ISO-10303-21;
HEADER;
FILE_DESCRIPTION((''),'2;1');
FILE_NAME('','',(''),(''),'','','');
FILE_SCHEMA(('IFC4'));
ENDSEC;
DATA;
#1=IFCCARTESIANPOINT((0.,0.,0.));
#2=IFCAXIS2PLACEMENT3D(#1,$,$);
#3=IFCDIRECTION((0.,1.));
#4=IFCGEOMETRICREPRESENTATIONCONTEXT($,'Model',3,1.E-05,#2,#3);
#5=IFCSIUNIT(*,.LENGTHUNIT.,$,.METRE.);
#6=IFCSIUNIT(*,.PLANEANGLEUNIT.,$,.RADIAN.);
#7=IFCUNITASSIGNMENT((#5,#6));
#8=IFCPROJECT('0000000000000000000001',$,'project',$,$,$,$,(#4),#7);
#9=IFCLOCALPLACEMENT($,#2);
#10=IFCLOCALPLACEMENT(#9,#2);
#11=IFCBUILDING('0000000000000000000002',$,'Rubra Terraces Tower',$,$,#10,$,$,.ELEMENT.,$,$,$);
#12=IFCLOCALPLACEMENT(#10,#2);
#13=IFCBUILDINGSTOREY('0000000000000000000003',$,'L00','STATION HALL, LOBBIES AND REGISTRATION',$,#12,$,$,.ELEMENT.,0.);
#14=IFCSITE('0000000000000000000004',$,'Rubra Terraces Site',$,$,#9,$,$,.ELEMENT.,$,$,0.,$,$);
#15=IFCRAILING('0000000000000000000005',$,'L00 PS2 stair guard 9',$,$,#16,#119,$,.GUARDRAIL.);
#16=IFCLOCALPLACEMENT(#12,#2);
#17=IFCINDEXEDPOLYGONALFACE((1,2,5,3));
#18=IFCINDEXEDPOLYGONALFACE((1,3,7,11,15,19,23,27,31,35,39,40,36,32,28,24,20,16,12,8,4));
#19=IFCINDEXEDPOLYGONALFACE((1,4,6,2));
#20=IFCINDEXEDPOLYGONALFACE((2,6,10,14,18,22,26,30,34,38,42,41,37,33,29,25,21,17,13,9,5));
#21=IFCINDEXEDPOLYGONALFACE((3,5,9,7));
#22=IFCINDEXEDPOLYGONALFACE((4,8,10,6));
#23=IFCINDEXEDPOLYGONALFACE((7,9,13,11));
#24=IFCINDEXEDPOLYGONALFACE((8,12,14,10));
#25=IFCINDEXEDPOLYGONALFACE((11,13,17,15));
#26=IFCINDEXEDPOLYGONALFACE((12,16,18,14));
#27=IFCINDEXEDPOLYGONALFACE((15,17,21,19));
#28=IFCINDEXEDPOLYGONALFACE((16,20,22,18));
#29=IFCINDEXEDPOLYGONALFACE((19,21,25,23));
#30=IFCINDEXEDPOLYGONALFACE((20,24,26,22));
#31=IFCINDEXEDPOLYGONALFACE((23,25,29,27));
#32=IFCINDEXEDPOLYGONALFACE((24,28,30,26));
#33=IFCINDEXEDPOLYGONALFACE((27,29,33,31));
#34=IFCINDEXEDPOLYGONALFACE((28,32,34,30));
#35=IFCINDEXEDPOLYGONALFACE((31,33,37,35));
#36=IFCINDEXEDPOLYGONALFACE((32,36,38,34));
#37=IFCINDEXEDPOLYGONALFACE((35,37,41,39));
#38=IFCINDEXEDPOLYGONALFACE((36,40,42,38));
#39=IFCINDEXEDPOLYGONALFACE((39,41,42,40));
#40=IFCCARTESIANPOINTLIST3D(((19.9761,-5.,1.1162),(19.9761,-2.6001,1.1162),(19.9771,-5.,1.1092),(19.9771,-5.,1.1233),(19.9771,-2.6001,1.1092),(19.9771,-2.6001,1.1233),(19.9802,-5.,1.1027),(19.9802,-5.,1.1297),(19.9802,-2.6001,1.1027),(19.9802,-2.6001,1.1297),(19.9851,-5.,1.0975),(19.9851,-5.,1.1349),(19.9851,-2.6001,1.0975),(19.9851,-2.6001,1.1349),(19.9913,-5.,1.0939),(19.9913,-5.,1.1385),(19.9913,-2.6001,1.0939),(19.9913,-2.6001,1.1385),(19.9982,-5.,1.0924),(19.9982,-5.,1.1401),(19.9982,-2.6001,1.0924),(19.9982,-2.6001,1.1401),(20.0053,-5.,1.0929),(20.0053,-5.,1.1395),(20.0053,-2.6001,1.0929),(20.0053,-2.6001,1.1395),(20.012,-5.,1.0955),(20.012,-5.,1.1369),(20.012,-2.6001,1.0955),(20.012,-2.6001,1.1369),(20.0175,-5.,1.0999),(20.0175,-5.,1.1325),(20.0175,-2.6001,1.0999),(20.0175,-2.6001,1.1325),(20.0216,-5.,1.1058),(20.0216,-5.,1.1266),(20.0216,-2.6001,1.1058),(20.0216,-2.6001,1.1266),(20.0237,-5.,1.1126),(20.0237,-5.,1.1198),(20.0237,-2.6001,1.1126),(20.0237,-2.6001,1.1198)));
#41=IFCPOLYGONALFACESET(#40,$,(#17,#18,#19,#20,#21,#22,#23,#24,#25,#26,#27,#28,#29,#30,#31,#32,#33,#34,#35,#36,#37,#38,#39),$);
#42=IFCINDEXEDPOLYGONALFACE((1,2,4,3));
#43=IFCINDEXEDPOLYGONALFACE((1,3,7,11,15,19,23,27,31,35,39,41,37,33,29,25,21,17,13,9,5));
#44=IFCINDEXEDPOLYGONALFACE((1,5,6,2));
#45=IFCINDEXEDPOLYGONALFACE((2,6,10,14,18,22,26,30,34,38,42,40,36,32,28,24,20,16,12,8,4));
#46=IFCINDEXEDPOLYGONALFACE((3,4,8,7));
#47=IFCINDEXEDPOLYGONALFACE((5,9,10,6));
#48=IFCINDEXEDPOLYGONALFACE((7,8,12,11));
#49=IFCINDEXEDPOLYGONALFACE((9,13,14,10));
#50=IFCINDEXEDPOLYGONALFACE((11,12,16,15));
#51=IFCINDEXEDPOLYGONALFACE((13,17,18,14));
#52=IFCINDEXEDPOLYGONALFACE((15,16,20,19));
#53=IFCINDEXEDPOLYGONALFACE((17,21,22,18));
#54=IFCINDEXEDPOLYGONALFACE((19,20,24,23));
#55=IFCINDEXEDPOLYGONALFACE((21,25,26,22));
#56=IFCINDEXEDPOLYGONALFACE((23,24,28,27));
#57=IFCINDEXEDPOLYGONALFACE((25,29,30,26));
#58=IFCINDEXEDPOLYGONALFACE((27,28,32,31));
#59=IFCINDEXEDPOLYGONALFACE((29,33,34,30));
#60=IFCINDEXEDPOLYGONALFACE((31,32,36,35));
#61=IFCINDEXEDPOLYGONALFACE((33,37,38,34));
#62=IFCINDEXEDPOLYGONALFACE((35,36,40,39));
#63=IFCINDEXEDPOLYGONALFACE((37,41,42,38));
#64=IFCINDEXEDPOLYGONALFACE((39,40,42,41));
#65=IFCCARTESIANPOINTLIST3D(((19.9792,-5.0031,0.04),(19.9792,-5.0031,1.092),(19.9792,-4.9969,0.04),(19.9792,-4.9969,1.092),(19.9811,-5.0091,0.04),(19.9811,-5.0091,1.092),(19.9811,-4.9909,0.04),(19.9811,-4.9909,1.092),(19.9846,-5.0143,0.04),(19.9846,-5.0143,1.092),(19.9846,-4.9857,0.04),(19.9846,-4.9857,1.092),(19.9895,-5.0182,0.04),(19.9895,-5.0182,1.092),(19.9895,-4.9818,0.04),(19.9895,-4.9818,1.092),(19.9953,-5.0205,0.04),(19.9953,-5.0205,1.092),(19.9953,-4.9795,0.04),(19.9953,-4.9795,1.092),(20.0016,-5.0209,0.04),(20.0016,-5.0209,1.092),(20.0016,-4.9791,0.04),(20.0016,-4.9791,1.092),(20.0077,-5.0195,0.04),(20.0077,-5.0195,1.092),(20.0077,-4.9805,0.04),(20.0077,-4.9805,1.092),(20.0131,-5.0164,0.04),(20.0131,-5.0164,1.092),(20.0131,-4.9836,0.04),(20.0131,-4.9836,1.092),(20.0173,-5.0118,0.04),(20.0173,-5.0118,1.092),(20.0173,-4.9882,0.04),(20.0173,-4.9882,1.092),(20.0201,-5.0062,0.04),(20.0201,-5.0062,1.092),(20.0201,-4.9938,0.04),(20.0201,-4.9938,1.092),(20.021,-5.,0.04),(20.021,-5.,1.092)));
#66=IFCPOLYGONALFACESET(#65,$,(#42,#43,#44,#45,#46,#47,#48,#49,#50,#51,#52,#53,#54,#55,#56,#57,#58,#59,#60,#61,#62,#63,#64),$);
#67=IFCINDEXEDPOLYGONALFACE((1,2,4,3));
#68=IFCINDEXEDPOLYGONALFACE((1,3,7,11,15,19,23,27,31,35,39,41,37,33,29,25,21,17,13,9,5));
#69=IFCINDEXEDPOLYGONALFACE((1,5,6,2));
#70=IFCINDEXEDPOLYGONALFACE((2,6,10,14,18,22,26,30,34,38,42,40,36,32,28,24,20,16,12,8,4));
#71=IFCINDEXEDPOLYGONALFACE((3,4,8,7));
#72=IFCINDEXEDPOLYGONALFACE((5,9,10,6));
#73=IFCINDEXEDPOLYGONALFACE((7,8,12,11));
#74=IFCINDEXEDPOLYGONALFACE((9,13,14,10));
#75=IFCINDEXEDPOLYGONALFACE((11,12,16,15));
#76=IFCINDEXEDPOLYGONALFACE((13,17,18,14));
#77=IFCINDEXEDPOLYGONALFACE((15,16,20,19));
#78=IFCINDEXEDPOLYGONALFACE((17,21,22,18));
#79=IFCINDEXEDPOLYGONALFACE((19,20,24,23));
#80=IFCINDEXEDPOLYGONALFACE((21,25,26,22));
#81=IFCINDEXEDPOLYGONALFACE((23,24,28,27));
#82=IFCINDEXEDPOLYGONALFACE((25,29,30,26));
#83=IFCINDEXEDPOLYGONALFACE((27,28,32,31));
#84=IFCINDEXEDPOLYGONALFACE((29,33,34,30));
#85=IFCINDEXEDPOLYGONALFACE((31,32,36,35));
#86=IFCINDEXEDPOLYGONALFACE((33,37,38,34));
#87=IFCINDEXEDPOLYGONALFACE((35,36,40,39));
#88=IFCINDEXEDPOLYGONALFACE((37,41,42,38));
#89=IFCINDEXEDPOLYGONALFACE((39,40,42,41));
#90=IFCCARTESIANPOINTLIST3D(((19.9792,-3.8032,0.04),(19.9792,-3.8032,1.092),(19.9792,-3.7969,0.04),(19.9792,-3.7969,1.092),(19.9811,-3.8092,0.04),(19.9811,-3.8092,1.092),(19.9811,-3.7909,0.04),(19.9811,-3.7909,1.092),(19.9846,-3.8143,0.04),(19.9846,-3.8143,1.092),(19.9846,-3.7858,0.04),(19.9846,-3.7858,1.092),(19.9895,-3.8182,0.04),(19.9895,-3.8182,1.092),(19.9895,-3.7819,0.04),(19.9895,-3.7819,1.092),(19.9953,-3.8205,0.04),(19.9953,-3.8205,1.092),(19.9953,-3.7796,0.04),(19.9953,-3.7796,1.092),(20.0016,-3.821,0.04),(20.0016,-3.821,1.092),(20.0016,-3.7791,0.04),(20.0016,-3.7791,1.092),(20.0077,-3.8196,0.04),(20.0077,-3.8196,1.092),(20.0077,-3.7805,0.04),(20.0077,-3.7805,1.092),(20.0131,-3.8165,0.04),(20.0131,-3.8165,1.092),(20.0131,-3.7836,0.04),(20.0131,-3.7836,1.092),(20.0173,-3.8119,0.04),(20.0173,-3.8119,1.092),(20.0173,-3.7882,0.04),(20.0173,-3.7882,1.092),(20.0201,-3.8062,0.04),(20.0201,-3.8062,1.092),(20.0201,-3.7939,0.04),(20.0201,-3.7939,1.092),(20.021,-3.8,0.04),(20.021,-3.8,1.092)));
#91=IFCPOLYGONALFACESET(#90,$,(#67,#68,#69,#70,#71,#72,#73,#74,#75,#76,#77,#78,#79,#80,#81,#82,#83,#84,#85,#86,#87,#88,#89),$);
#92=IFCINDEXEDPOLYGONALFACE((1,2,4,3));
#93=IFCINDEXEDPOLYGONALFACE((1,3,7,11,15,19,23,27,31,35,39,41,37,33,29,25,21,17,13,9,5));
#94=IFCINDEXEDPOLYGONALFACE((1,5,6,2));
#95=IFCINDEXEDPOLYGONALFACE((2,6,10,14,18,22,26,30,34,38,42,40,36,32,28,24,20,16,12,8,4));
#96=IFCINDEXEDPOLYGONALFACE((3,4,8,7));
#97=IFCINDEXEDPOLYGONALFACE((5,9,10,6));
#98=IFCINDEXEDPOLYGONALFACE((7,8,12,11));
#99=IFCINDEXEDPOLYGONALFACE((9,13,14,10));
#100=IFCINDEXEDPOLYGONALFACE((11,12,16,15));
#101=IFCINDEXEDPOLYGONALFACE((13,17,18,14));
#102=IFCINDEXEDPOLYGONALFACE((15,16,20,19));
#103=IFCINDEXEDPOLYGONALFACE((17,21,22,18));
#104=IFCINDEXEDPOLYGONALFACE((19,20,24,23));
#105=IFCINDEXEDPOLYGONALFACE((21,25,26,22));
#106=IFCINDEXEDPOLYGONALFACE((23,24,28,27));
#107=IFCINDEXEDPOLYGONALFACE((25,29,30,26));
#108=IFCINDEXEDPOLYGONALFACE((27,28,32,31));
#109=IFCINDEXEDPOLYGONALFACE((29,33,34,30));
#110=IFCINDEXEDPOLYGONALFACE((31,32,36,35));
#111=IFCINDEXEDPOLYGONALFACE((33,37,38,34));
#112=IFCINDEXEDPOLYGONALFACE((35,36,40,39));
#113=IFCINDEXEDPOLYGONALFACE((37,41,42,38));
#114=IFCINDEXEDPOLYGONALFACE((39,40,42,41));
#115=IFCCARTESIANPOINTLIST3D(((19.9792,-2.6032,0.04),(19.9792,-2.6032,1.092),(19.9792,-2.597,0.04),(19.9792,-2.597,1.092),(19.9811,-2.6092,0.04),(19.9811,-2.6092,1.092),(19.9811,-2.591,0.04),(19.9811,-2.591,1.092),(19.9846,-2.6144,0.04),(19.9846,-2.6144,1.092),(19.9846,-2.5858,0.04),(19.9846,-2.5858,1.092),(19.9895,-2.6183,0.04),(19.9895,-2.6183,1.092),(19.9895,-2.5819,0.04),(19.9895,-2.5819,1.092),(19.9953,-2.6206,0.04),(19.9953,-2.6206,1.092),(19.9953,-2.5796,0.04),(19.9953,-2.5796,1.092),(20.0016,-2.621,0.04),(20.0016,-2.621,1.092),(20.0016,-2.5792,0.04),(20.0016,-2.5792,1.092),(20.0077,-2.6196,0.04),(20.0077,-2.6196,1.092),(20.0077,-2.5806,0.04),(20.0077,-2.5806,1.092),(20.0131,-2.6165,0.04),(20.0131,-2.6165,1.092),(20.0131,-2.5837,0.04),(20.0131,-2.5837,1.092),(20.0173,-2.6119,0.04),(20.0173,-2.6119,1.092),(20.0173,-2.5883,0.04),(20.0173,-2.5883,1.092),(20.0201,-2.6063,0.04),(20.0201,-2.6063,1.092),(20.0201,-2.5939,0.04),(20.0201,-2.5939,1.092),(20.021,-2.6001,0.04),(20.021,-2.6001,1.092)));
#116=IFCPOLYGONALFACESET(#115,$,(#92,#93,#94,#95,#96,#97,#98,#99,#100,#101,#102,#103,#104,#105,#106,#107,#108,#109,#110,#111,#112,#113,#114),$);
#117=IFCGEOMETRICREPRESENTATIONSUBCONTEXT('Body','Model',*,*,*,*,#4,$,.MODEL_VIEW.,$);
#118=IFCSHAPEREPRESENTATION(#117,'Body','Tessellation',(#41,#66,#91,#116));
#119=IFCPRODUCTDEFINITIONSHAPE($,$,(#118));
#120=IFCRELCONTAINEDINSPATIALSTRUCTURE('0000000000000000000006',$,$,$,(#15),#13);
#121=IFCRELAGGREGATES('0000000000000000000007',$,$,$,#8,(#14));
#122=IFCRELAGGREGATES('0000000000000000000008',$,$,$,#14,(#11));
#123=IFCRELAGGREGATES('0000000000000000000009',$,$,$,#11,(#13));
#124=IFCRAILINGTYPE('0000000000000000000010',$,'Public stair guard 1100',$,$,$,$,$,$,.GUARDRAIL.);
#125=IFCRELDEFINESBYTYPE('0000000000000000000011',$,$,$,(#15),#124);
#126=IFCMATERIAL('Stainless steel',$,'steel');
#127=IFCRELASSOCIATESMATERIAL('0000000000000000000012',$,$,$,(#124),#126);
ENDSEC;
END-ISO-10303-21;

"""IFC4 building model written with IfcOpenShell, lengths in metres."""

from ifc_helpers import new_model, si_unit, direction, frame, origin, origin_2d, place, context, subcontext, project, spatial, circle, extrude, material, type_object, element, save


model = new_model("IFC4")

# Units and contexts
model_context = context("Model", 3, precision=1e-05, world=origin(), true_north=direction((0.0, 1.0)))
body_context = subcontext(model_context, "Body", "Model", "MODEL_VIEW")
ifc_project = project(units=[si_unit("LENGTHUNIT", "METRE"), si_unit("PLANEANGLEUNIT", "RADIAN")], contexts=[model_context])

# Site, building, storey
site_placement = place(None, origin())
site = spatial("IfcSite", under=ifc_project, at=site_placement, Name="Rubra Terraces Site", CompositionType="ELEMENT", RefElevation=0.0)
building_placement = place(site_placement, origin())
building = spatial("IfcBuilding", under=site, at=building_placement, Name="Rubra Terraces Tower", CompositionType="ELEMENT")
storey_placement = place(building_placement, origin())
storey = spatial("IfcBuildingStorey", under=building, at=storey_placement, Name="L00", Description="STATION HALL, LOBBIES AND REGISTRATION", CompositionType="ELEMENT", Elevation=0.0)

# Railing
ifc_material_1 = material(Name="Stainless steel", Category="steel")
railing_type_1 = type_object("IfcRailingType", Name="Public stair guard 1100", PredefinedType="GUARDRAIL", material=ifc_material_1)
railing_1_placement = place(storey_placement, frame((20.0, -5.0, 0.04)))
element("IfcRailing", 1, at=railing_1_placement, inside=storey, type_object=railing_type_1, Name="L00 PS2 stair guard 9", PredefinedType="GUARDRAIL", context=body_context, shape_type="SweptSolid", body=[
    extrude(circle(Radius=0.0239, at=origin_2d()), frame((0.0, 0.0, 1.0762), z_axis=(0.0, 1.0, 0.0), x_axis=(-1.0, 0.0, 0.0)), (0.0, 0.0, 1.0), 2.3999),
    extrude(circle(Radius=0.021, at=origin_2d()), origin(), (0.0, 0.0, 1.0), 1.052),
    extrude(circle(Radius=0.021, at=origin_2d()), frame((0.0, 1.2, 0.0)), (0.0, 0.0, 1.0), 1.052),
    extrude(circle(Radius=0.021, at=origin_2d()), frame((0.0, 2.3999, 0.0)), (0.0, 0.0, 1.0), 1.052),
])

save(model, "model.ifc")
